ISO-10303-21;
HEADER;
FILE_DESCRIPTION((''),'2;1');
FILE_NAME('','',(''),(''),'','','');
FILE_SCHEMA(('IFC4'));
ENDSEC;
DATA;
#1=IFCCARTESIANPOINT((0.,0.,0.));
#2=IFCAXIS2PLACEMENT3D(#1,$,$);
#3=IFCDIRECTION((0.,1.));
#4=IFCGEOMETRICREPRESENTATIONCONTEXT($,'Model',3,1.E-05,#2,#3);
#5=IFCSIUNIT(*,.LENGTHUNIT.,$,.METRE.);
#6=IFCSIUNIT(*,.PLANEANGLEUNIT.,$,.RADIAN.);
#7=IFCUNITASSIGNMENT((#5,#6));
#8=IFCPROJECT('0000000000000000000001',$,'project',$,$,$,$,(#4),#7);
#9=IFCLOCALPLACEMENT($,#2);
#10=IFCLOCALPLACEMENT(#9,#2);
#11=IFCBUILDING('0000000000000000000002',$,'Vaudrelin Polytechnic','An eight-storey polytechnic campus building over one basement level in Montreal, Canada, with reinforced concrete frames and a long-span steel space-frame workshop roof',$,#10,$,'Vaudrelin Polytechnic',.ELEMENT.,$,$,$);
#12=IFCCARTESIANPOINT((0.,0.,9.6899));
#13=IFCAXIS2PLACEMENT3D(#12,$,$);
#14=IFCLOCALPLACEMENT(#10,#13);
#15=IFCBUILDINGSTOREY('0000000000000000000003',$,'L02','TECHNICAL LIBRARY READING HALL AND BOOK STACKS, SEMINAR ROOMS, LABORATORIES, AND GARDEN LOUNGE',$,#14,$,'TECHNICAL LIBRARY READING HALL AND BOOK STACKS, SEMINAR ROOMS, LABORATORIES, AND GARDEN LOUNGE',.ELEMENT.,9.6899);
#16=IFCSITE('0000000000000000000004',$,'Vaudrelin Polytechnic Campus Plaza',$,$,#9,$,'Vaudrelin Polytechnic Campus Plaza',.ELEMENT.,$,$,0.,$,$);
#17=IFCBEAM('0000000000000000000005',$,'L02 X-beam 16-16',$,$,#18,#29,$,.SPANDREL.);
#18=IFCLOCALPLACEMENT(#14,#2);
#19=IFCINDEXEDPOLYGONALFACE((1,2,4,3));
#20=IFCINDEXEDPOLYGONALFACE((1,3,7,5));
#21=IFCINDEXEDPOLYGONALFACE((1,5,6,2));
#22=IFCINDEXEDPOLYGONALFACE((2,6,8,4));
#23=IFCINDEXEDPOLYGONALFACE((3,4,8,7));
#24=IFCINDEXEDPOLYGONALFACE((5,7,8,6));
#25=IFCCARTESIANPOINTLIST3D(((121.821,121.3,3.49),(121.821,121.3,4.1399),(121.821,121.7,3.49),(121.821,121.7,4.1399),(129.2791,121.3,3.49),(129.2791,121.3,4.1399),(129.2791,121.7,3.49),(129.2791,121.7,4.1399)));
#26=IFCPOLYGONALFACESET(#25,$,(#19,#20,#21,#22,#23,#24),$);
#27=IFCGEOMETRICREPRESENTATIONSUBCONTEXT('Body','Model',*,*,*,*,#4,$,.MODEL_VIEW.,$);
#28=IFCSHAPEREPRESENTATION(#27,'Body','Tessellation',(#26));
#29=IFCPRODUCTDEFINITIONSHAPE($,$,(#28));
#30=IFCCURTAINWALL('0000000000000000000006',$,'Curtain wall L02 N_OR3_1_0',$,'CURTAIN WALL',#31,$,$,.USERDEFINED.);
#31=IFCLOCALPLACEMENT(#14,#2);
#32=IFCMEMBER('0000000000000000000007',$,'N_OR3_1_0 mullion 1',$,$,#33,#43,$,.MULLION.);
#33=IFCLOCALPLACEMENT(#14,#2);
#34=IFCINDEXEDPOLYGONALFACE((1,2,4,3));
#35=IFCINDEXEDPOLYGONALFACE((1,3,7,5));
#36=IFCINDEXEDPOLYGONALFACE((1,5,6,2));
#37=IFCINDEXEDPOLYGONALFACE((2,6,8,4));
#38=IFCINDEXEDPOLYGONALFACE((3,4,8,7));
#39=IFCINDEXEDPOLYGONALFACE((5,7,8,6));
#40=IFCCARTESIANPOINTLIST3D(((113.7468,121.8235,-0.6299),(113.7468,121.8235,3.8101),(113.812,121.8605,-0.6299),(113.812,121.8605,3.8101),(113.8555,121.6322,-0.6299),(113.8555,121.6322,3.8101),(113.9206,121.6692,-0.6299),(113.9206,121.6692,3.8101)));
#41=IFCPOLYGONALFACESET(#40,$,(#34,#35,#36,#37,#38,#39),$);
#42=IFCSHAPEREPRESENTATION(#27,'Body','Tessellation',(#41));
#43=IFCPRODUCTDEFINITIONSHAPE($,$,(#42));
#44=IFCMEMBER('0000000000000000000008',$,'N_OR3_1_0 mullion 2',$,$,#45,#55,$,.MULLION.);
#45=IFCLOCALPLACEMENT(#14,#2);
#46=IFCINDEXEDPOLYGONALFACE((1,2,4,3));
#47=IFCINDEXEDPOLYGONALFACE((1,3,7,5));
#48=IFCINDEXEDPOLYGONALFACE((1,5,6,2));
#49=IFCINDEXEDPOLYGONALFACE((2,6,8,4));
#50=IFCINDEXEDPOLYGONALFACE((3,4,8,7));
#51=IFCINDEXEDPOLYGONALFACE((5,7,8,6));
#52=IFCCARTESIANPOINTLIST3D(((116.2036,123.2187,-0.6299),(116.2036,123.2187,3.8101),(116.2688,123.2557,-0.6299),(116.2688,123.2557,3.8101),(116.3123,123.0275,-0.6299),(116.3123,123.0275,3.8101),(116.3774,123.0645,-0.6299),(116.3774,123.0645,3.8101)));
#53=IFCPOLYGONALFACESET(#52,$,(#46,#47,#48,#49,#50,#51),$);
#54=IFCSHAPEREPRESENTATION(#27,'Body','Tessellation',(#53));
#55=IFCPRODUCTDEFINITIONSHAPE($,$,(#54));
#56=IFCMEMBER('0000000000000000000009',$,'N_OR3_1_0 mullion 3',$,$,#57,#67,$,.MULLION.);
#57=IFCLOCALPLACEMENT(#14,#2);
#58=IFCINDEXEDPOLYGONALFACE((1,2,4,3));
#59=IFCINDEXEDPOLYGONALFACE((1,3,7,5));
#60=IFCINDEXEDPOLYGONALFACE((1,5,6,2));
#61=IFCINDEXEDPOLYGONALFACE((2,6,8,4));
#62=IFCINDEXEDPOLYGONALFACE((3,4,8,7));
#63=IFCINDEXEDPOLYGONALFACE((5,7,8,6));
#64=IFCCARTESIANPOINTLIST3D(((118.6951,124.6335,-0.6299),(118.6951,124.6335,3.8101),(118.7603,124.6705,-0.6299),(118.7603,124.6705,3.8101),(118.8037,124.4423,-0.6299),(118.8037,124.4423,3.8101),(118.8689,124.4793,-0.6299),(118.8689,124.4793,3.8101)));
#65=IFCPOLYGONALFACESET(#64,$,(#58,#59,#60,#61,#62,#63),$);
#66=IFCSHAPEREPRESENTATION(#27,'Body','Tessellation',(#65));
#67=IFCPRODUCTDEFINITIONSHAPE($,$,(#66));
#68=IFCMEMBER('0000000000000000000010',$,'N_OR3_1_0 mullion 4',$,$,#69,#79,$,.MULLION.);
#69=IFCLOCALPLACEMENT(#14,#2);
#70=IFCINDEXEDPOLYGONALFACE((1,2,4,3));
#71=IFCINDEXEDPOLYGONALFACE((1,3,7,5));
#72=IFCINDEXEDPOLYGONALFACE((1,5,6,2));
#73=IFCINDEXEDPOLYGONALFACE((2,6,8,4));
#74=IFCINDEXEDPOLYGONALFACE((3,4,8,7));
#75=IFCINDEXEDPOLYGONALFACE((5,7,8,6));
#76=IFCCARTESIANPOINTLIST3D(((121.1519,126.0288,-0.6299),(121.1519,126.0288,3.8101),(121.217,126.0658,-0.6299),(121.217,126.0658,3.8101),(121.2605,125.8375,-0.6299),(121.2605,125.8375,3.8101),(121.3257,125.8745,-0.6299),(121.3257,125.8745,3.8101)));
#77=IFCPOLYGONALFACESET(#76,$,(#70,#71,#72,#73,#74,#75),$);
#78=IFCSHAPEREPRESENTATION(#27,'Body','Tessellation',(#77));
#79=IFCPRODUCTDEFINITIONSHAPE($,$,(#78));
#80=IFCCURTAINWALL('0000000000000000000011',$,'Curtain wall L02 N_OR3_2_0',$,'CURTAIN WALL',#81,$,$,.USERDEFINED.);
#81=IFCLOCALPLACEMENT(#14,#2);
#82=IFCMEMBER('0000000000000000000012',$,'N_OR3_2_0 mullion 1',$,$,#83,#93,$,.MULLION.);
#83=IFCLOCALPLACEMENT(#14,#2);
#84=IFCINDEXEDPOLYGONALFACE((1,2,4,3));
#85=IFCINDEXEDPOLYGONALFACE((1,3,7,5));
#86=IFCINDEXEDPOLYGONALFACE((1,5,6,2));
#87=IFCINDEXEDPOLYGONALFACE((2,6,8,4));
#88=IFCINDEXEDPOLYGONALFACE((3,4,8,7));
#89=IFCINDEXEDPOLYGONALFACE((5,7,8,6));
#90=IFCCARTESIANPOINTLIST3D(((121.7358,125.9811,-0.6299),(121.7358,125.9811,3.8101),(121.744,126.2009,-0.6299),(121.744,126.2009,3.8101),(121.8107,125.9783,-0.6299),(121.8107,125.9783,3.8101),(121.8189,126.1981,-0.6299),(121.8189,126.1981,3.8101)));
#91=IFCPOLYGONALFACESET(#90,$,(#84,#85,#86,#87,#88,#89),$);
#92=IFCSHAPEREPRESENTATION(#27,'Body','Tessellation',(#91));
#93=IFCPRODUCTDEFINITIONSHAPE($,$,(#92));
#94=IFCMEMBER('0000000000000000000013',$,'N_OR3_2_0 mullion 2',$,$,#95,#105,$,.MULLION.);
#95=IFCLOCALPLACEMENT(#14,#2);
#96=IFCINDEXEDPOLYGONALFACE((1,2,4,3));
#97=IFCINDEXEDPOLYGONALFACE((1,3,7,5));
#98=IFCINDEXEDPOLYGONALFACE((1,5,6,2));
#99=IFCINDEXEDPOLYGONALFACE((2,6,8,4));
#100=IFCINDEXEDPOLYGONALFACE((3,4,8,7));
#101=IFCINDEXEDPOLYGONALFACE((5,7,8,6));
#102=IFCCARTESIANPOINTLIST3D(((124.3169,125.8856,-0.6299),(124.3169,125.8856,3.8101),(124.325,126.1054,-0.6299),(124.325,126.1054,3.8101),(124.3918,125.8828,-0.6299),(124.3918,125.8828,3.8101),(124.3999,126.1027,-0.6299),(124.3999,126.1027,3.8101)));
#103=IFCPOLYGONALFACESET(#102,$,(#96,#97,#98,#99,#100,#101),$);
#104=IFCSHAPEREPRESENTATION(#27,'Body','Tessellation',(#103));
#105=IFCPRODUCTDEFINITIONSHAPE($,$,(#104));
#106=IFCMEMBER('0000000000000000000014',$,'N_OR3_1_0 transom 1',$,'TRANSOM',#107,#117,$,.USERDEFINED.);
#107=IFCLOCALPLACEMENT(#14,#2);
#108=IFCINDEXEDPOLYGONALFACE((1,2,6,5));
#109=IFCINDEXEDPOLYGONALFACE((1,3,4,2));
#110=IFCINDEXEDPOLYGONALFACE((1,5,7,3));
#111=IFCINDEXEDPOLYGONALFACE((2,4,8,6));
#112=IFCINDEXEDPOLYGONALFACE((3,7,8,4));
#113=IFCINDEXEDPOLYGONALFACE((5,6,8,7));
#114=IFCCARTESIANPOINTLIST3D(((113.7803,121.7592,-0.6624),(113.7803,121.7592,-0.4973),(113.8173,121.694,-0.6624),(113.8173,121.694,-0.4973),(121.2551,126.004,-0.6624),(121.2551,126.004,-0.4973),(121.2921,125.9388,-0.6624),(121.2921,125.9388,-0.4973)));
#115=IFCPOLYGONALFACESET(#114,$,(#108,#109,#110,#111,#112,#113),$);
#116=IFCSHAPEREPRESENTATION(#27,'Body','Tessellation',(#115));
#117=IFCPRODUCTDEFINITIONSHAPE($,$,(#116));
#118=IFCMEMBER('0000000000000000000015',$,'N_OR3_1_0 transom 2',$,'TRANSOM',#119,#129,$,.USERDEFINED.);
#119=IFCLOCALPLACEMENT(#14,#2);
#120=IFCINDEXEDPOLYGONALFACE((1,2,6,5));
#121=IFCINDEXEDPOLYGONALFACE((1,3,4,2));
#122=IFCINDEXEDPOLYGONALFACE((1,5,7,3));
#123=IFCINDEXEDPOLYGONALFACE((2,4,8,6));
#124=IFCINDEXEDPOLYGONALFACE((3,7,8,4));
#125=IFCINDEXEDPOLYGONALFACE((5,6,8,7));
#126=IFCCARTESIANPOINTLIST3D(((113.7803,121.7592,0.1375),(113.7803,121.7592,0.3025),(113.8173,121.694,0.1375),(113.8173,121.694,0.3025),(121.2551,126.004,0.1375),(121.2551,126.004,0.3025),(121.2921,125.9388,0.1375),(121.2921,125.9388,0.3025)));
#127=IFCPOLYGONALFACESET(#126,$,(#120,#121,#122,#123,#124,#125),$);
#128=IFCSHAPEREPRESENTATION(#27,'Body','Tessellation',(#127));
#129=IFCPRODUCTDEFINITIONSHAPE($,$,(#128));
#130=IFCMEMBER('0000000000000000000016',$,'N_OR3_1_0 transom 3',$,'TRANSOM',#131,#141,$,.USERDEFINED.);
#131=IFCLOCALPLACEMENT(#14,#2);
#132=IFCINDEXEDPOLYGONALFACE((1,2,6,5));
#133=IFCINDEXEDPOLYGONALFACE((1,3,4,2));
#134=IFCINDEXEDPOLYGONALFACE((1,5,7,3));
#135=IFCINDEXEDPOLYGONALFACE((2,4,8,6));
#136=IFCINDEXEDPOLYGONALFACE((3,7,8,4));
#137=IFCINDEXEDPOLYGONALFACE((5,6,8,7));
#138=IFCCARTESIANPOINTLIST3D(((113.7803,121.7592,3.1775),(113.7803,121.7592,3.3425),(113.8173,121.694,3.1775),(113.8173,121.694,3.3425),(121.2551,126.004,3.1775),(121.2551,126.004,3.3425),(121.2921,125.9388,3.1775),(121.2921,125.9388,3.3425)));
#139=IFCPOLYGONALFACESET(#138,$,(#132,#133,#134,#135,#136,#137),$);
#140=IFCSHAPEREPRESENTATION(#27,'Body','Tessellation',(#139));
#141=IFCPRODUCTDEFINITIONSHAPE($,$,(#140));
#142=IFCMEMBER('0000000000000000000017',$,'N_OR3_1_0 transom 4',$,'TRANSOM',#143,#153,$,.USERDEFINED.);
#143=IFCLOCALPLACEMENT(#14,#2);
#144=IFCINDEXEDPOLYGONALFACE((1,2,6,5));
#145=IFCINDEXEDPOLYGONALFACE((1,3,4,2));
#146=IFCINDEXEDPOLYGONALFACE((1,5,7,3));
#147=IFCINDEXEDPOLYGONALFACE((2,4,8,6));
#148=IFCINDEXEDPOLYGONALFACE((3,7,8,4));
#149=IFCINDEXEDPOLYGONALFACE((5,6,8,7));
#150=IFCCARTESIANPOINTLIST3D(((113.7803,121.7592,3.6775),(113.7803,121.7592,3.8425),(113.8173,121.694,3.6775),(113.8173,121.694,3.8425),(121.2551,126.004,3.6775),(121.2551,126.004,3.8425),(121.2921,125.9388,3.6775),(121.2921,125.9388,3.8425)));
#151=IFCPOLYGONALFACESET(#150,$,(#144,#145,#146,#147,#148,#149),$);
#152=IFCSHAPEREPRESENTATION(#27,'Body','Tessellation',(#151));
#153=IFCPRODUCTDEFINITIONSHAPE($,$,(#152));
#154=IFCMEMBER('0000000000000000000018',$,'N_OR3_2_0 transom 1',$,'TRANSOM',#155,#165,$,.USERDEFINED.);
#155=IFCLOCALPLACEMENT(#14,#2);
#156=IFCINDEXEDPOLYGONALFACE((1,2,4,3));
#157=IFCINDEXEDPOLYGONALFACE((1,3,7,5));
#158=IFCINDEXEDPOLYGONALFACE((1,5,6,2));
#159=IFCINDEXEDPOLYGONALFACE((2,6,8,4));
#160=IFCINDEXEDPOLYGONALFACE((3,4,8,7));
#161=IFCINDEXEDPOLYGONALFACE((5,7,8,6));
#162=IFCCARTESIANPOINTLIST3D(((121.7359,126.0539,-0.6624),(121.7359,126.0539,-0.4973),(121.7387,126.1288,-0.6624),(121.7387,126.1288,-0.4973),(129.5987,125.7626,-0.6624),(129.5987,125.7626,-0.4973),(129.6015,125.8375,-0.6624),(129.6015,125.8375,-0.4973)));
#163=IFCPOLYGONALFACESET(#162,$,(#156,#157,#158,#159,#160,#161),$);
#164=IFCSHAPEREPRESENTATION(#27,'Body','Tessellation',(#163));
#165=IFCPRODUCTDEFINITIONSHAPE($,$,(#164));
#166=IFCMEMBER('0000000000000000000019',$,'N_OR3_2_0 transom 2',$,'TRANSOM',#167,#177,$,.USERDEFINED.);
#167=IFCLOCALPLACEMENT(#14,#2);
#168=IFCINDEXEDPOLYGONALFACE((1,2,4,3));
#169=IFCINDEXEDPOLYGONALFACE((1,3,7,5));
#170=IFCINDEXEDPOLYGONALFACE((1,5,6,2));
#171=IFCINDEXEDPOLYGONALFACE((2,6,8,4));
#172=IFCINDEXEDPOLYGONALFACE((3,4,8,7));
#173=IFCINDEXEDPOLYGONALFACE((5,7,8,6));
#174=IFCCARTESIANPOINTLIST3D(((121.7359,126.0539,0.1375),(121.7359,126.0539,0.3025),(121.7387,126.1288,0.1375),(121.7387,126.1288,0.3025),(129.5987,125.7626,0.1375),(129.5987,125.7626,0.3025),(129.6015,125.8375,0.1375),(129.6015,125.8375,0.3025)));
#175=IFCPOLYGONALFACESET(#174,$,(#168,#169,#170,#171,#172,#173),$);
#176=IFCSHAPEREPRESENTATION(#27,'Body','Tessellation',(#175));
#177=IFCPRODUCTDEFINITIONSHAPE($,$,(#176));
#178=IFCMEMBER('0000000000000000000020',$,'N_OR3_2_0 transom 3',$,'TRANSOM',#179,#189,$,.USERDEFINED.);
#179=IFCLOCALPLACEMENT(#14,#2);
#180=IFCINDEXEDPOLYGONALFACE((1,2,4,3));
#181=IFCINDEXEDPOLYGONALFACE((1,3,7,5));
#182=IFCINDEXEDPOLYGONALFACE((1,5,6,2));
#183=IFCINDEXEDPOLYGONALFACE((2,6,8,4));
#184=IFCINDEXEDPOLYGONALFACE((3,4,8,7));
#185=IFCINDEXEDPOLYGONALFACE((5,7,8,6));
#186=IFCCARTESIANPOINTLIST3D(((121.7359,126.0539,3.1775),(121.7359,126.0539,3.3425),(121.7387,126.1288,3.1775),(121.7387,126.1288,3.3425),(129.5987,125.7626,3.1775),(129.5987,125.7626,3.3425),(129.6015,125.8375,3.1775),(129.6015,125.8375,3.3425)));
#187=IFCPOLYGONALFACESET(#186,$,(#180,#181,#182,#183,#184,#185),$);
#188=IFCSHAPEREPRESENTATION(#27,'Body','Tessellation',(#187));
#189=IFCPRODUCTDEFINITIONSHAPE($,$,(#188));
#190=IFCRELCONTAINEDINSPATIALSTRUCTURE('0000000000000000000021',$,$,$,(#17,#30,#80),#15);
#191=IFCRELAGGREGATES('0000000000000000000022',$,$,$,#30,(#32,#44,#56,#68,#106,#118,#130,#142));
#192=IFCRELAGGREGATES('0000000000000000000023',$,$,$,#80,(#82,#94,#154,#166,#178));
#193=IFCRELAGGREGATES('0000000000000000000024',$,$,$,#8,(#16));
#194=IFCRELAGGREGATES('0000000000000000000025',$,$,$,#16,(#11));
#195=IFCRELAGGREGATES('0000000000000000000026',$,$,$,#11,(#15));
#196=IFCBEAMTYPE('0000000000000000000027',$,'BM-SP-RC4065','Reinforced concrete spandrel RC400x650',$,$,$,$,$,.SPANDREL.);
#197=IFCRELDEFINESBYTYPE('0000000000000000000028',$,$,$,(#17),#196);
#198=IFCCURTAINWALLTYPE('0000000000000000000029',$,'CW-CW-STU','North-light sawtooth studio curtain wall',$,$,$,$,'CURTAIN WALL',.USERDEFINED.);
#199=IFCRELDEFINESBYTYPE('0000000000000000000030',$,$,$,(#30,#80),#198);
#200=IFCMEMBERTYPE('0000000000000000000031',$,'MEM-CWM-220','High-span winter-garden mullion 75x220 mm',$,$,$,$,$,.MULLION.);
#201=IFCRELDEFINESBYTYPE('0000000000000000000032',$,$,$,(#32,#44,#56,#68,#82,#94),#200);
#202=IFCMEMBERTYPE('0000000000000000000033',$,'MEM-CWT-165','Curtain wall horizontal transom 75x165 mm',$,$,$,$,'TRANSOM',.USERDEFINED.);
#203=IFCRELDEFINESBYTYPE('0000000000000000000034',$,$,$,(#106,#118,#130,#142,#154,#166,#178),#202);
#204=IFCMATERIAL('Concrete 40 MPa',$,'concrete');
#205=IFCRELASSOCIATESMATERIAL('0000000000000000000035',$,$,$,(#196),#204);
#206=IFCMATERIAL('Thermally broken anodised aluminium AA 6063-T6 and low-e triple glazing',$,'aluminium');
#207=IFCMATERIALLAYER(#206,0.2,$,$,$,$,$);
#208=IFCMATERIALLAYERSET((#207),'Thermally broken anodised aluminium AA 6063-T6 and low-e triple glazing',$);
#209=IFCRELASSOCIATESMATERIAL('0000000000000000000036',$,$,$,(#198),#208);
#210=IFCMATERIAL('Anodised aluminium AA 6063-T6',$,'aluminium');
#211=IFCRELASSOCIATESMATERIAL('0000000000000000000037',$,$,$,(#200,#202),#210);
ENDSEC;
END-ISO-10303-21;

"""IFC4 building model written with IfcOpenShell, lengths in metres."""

from ifc_helpers import new_model, si_unit, direction, frame, origin, origin_2d, place, context, subcontext, project, spatial, rectangle, extrude, material, layer, layer_set, material_profile, profile_set, type_object, element, aggregate, save


model = new_model("IFC4")

# Units and contexts
model_context = context("Model", 3, precision=1e-05, world=origin(), true_north=direction((0.0, 1.0)))
body_context = subcontext(model_context, "Body", "Model", "MODEL_VIEW")
ifc_project = project(units=[si_unit("LENGTHUNIT", "METRE"), si_unit("PLANEANGLEUNIT", "RADIAN")], contexts=[model_context])

# Site, building, storey
site_placement = place(None, origin())
site = spatial("IfcSite", under=ifc_project, at=site_placement, Name="Vaudrelin Polytechnic Campus Plaza", LongName="Vaudrelin Polytechnic Campus Plaza", CompositionType="ELEMENT", RefElevation=0.0)
building_placement = place(site_placement, origin())
building = spatial("IfcBuilding", under=site, at=building_placement, Name="Vaudrelin Polytechnic", Description="An eight-storey polytechnic campus building over one basement level in Montreal, Canada, with reinforced concrete frames and a long-span steel space-frame workshop roof", LongName="Vaudrelin Polytechnic", CompositionType="ELEMENT")
storey_placement = place(building_placement, frame((0.0, 0.0, 9.6899)))
storey = spatial("IfcBuildingStorey", under=building, at=storey_placement, Name="L02", Description="TECHNICAL LIBRARY READING HALL AND BOOK STACKS, SEMINAR ROOMS, LABORATORIES, AND GARDEN LOUNGE", LongName="TECHNICAL LIBRARY READING HALL AND BOOK STACKS, SEMINAR ROOMS, LABORATORIES, AND GARDEN LOUNGE", CompositionType="ELEMENT", Elevation=9.6899)

# Shared definitions
ifc_material_1 = material(Name="Concrete 40 MPa", Category="concrete")

# Beam
ifc_material_profile_1 = material_profile(ifc_material_1, rectangle(XDim=0.3999, YDim=0.6499, at=origin_2d()), Name="RC400x650")
ifc_profile_set_1 = profile_set([ifc_material_profile_1], Name="Concrete 40 MPa")
beam_type_1 = type_object("IfcBeamType", Name="BM-SP-RC4065", Description="Reinforced concrete spandrel RC400x650", PredefinedType="SPANDREL", material=ifc_profile_set_1)
beam_1_placement = place(storey_placement, frame((121.821, 121.5, 3.8149), z_axis=(1.0, 0.0, 0.0), x_axis=(0.0, 1.0, 0.0)))
element("IfcBeam", 1, at=beam_1_placement, inside=storey, type_object=beam_type_1, Name="L02 X-beam 16-16", PredefinedType="SPANDREL", context=body_context, shape_type="SweptSolid", body=[
    extrude(rectangle(XDim=0.3999, YDim=0.6499, at=origin_2d()), origin(), (0.0, 0.0, 1.0), 7.458),
])

# Curtain walls, members
ifc_material_2 = material(Name="Thermally broken anodised aluminium AA 6063-T6 and low-e triple glazing", Category="aluminium")
ifc_layer_1 = layer(ifc_material_2, 0.2)
ifc_layer_set_1 = layer_set([ifc_layer_1], Name="Thermally broken anodised aluminium AA 6063-T6 and low-e triple glazing")
curtain_wall_type = type_object("IfcCurtainWallType", Name="CW-CW-STU", Description="North-light sawtooth studio curtain wall", ElementType="CURTAIN WALL", PredefinedType="USERDEFINED", material=ifc_layer_set_1)
curtain_wall_1_placement = place(storey_placement, origin())
curtain_wall_1 = element("IfcCurtainWall", 2, at=curtain_wall_1_placement, inside=storey, type_object=curtain_wall_type, Name="Curtain wall L02 N_OR3_1_0", ObjectType="CURTAIN WALL", PredefinedType="USERDEFINED")
ifc_material_3 = material(Name="Anodised aluminium AA 6063-T6", Category="aluminium")
ifc_material_profile_2 = material_profile(ifc_material_3, rectangle(XDim=0.075, YDim=0.22, at=origin_2d()), Name="CWM-75x220")
ifc_profile_set_2 = profile_set([ifc_material_profile_2], Name="Anodised aluminium AA 6063-T6")
member_type_1 = type_object("IfcMemberType", Name="MEM-CWM-220", Description="High-span winter-garden mullion 75x220 mm", PredefinedType="MULLION", material=ifc_profile_set_2)
member_1_placement = place(storey_placement, frame((113.8337, 121.7463, -0.6299), z_axis=(0.0, 0.0, 1.0), x_axis=(0.869561, 0.493826, 0.0)))
member_1 = element("IfcMember", 3, at=member_1_placement, type_object=member_type_1, Name="N_OR3_1_0 mullion 1", PredefinedType="MULLION", context=body_context, shape_type="SweptSolid", body=[
    extrude(rectangle(XDim=0.075, YDim=0.22, at=origin_2d()), origin(), (0.0, 0.0, 1.0), 4.4399),
])
member_2_placement = place(storey_placement, frame((116.2905, 123.1416, -0.6299), z_axis=(0.0, 0.0, 1.0), x_axis=(0.869561, 0.493826, 0.0)))
member_2 = element("IfcMember", 4, at=member_2_placement, type_object=member_type_1, Name="N_OR3_1_0 mullion 2", PredefinedType="MULLION", context=body_context, shape_type="SweptSolid", body=[
    extrude(rectangle(XDim=0.075, YDim=0.22, at=origin_2d()), origin(), (0.0, 0.0, 1.0), 4.4399),
])
member_3_placement = place(storey_placement, frame((118.782, 124.5564, -0.6299), z_axis=(0.0, 0.0, 1.0), x_axis=(0.869561, 0.493826, 0.0)))
member_3 = element("IfcMember", 5, at=member_3_placement, type_object=member_type_1, Name="N_OR3_1_0 mullion 3", PredefinedType="MULLION", context=body_context, shape_type="SweptSolid", body=[
    extrude(rectangle(XDim=0.075, YDim=0.22, at=origin_2d()), origin(), (0.0, 0.0, 1.0), 4.4399),
])
member_4_placement = place(storey_placement, frame((121.2388, 125.9517, -0.6299), z_axis=(0.0, 0.0, 1.0), x_axis=(0.869561, 0.493826, 0.0)))
member_4 = element("IfcMember", 6, at=member_4_placement, type_object=member_type_1, Name="N_OR3_1_0 mullion 4", PredefinedType="MULLION", context=body_context, shape_type="SweptSolid", body=[
    extrude(rectangle(XDim=0.075, YDim=0.22, at=origin_2d()), origin(), (0.0, 0.0, 1.0), 4.4399),
])
curtain_wall_2_placement = place(storey_placement, origin())
curtain_wall_2 = element("IfcCurtainWall", 7, at=curtain_wall_2_placement, inside=storey, type_object=curtain_wall_type, Name="Curtain wall L02 N_OR3_2_0", ObjectType="CURTAIN WALL", PredefinedType="USERDEFINED")
member_5_placement = place(storey_placement, frame((121.7773, 126.0896, -0.6299), z_axis=(0.0, 0.0, 1.0), x_axis=(0.999315, -0.037011, 0.0)))
member_5 = element("IfcMember", 8, at=member_5_placement, type_object=member_type_1, Name="N_OR3_2_0 mullion 1", PredefinedType="MULLION", context=body_context, shape_type="SweptSolid", body=[
    extrude(rectangle(XDim=0.075, YDim=0.22, at=origin_2d()), origin(), (0.0, 0.0, 1.0), 4.4399),
])
member_6_placement = place(storey_placement, frame((124.3584, 125.9941, -0.6299), z_axis=(0.0, 0.0, 1.0), x_axis=(0.999315, -0.037011, 0.0)))
member_6 = element("IfcMember", 9, at=member_6_placement, type_object=member_type_1, Name="N_OR3_2_0 mullion 2", PredefinedType="MULLION", context=body_context, shape_type="SweptSolid", body=[
    extrude(rectangle(XDim=0.075, YDim=0.22, at=origin_2d()), origin(), (0.0, 0.0, 1.0), 4.4399),
])

# Members
ifc_material_profile_3 = material_profile(ifc_material_3, rectangle(XDim=0.075, YDim=0.165, at=origin_2d()), Name="CWT-75x165")
ifc_profile_set_3 = profile_set([ifc_material_profile_3], Name="Anodised aluminium AA 6063-T6")
member_type_2 = type_object("IfcMemberType", Name="MEM-CWT-165", Description="Curtain wall horizontal transom 75x165 mm", ElementType="TRANSOM", PredefinedType="USERDEFINED", material=ifc_profile_set_3)
member_7_placement = place(storey_placement, frame((113.7988, 121.7266, -0.5798), z_axis=(0.869567, 0.493816, 0.0), x_axis=(-0.493816, 0.869567, 0.0)))
member_7 = element("IfcMember", 10, at=member_7_placement, type_object=member_type_2, Name="N_OR3_1_0 transom 1", ObjectType="TRANSOM", PredefinedType="USERDEFINED", context=body_context, shape_type="SweptSolid", body=[
    extrude(rectangle(XDim=0.075, YDim=0.165, at=origin_2d()), origin(), (0.0, 0.0, 1.0), 8.5959),
])
member_8_placement = place(storey_placement, frame((113.7988, 121.7266, 0.22), z_axis=(0.869567, 0.493816, 0.0), x_axis=(-0.493816, 0.869567, 0.0)))
member_8 = element("IfcMember", 11, at=member_8_placement, type_object=member_type_2, Name="N_OR3_1_0 transom 2", ObjectType="TRANSOM", PredefinedType="USERDEFINED", context=body_context, shape_type="SweptSolid", body=[
    extrude(rectangle(XDim=0.075, YDim=0.165, at=origin_2d()), origin(), (0.0, 0.0, 1.0), 8.5959),
])
member_9_placement = place(storey_placement, frame((113.7988, 121.7266, 3.26), z_axis=(0.869567, 0.493816, 0.0), x_axis=(-0.493816, 0.869567, 0.0)))
member_9 = element("IfcMember", 12, at=member_9_placement, type_object=member_type_2, Name="N_OR3_1_0 transom 3", ObjectType="TRANSOM", PredefinedType="USERDEFINED", context=body_context, shape_type="SweptSolid", body=[
    extrude(rectangle(XDim=0.075, YDim=0.165, at=origin_2d()), origin(), (0.0, 0.0, 1.0), 8.5959),
])
member_10_placement = place(storey_placement, frame((113.7988, 121.7266, 3.76), z_axis=(0.869567, 0.493816, 0.0), x_axis=(-0.493816, 0.869567, 0.0)))
member_10 = element("IfcMember", 13, at=member_10_placement, type_object=member_type_2, Name="N_OR3_1_0 transom 4", ObjectType="TRANSOM", PredefinedType="USERDEFINED", context=body_context, shape_type="SweptSolid", body=[
    extrude(rectangle(XDim=0.075, YDim=0.165, at=origin_2d()), origin(), (0.0, 0.0, 1.0), 8.5959),
])
member_11_placement = place(storey_placement, frame((121.7373, 126.0913, -0.5798), z_axis=(0.999315, -0.037017, 0.0), x_axis=(0.037017, 0.999315, 0.0)))
member_11 = element("IfcMember", 14, at=member_11_placement, type_object=member_type_2, Name="N_OR3_2_0 transom 1", ObjectType="TRANSOM", PredefinedType="USERDEFINED", context=body_context, shape_type="SweptSolid", body=[
    extrude(rectangle(XDim=0.075, YDim=0.165, at=origin_2d()), origin(), (0.0, 0.0, 1.0), 7.8682),
])
member_12_placement = place(storey_placement, frame((121.7373, 126.0913, 0.22), z_axis=(0.999315, -0.037017, 0.0), x_axis=(0.037017, 0.999315, 0.0)))
member_12 = element("IfcMember", 15, at=member_12_placement, type_object=member_type_2, Name="N_OR3_2_0 transom 2", ObjectType="TRANSOM", PredefinedType="USERDEFINED", context=body_context, shape_type="SweptSolid", body=[
    extrude(rectangle(XDim=0.075, YDim=0.165, at=origin_2d()), origin(), (0.0, 0.0, 1.0), 7.8682),
])
member_13_placement = place(storey_placement, frame((121.7373, 126.0913, 3.26), z_axis=(0.999315, -0.037017, 0.0), x_axis=(0.037017, 0.999315, 0.0)))
member_13 = element("IfcMember", 16, at=member_13_placement, type_object=member_type_2, Name="N_OR3_2_0 transom 3", ObjectType="TRANSOM", PredefinedType="USERDEFINED", context=body_context, shape_type="SweptSolid", body=[
    extrude(rectangle(XDim=0.075, YDim=0.165, at=origin_2d()), origin(), (0.0, 0.0, 1.0), 7.8682),
])

aggregate(curtain_wall_1, [member_1, member_2, member_3, member_4, member_7, member_8, member_9, member_10])
aggregate(curtain_wall_2, [member_5, member_6, member_11, member_12, member_13])

save(model, "model.ifc")
